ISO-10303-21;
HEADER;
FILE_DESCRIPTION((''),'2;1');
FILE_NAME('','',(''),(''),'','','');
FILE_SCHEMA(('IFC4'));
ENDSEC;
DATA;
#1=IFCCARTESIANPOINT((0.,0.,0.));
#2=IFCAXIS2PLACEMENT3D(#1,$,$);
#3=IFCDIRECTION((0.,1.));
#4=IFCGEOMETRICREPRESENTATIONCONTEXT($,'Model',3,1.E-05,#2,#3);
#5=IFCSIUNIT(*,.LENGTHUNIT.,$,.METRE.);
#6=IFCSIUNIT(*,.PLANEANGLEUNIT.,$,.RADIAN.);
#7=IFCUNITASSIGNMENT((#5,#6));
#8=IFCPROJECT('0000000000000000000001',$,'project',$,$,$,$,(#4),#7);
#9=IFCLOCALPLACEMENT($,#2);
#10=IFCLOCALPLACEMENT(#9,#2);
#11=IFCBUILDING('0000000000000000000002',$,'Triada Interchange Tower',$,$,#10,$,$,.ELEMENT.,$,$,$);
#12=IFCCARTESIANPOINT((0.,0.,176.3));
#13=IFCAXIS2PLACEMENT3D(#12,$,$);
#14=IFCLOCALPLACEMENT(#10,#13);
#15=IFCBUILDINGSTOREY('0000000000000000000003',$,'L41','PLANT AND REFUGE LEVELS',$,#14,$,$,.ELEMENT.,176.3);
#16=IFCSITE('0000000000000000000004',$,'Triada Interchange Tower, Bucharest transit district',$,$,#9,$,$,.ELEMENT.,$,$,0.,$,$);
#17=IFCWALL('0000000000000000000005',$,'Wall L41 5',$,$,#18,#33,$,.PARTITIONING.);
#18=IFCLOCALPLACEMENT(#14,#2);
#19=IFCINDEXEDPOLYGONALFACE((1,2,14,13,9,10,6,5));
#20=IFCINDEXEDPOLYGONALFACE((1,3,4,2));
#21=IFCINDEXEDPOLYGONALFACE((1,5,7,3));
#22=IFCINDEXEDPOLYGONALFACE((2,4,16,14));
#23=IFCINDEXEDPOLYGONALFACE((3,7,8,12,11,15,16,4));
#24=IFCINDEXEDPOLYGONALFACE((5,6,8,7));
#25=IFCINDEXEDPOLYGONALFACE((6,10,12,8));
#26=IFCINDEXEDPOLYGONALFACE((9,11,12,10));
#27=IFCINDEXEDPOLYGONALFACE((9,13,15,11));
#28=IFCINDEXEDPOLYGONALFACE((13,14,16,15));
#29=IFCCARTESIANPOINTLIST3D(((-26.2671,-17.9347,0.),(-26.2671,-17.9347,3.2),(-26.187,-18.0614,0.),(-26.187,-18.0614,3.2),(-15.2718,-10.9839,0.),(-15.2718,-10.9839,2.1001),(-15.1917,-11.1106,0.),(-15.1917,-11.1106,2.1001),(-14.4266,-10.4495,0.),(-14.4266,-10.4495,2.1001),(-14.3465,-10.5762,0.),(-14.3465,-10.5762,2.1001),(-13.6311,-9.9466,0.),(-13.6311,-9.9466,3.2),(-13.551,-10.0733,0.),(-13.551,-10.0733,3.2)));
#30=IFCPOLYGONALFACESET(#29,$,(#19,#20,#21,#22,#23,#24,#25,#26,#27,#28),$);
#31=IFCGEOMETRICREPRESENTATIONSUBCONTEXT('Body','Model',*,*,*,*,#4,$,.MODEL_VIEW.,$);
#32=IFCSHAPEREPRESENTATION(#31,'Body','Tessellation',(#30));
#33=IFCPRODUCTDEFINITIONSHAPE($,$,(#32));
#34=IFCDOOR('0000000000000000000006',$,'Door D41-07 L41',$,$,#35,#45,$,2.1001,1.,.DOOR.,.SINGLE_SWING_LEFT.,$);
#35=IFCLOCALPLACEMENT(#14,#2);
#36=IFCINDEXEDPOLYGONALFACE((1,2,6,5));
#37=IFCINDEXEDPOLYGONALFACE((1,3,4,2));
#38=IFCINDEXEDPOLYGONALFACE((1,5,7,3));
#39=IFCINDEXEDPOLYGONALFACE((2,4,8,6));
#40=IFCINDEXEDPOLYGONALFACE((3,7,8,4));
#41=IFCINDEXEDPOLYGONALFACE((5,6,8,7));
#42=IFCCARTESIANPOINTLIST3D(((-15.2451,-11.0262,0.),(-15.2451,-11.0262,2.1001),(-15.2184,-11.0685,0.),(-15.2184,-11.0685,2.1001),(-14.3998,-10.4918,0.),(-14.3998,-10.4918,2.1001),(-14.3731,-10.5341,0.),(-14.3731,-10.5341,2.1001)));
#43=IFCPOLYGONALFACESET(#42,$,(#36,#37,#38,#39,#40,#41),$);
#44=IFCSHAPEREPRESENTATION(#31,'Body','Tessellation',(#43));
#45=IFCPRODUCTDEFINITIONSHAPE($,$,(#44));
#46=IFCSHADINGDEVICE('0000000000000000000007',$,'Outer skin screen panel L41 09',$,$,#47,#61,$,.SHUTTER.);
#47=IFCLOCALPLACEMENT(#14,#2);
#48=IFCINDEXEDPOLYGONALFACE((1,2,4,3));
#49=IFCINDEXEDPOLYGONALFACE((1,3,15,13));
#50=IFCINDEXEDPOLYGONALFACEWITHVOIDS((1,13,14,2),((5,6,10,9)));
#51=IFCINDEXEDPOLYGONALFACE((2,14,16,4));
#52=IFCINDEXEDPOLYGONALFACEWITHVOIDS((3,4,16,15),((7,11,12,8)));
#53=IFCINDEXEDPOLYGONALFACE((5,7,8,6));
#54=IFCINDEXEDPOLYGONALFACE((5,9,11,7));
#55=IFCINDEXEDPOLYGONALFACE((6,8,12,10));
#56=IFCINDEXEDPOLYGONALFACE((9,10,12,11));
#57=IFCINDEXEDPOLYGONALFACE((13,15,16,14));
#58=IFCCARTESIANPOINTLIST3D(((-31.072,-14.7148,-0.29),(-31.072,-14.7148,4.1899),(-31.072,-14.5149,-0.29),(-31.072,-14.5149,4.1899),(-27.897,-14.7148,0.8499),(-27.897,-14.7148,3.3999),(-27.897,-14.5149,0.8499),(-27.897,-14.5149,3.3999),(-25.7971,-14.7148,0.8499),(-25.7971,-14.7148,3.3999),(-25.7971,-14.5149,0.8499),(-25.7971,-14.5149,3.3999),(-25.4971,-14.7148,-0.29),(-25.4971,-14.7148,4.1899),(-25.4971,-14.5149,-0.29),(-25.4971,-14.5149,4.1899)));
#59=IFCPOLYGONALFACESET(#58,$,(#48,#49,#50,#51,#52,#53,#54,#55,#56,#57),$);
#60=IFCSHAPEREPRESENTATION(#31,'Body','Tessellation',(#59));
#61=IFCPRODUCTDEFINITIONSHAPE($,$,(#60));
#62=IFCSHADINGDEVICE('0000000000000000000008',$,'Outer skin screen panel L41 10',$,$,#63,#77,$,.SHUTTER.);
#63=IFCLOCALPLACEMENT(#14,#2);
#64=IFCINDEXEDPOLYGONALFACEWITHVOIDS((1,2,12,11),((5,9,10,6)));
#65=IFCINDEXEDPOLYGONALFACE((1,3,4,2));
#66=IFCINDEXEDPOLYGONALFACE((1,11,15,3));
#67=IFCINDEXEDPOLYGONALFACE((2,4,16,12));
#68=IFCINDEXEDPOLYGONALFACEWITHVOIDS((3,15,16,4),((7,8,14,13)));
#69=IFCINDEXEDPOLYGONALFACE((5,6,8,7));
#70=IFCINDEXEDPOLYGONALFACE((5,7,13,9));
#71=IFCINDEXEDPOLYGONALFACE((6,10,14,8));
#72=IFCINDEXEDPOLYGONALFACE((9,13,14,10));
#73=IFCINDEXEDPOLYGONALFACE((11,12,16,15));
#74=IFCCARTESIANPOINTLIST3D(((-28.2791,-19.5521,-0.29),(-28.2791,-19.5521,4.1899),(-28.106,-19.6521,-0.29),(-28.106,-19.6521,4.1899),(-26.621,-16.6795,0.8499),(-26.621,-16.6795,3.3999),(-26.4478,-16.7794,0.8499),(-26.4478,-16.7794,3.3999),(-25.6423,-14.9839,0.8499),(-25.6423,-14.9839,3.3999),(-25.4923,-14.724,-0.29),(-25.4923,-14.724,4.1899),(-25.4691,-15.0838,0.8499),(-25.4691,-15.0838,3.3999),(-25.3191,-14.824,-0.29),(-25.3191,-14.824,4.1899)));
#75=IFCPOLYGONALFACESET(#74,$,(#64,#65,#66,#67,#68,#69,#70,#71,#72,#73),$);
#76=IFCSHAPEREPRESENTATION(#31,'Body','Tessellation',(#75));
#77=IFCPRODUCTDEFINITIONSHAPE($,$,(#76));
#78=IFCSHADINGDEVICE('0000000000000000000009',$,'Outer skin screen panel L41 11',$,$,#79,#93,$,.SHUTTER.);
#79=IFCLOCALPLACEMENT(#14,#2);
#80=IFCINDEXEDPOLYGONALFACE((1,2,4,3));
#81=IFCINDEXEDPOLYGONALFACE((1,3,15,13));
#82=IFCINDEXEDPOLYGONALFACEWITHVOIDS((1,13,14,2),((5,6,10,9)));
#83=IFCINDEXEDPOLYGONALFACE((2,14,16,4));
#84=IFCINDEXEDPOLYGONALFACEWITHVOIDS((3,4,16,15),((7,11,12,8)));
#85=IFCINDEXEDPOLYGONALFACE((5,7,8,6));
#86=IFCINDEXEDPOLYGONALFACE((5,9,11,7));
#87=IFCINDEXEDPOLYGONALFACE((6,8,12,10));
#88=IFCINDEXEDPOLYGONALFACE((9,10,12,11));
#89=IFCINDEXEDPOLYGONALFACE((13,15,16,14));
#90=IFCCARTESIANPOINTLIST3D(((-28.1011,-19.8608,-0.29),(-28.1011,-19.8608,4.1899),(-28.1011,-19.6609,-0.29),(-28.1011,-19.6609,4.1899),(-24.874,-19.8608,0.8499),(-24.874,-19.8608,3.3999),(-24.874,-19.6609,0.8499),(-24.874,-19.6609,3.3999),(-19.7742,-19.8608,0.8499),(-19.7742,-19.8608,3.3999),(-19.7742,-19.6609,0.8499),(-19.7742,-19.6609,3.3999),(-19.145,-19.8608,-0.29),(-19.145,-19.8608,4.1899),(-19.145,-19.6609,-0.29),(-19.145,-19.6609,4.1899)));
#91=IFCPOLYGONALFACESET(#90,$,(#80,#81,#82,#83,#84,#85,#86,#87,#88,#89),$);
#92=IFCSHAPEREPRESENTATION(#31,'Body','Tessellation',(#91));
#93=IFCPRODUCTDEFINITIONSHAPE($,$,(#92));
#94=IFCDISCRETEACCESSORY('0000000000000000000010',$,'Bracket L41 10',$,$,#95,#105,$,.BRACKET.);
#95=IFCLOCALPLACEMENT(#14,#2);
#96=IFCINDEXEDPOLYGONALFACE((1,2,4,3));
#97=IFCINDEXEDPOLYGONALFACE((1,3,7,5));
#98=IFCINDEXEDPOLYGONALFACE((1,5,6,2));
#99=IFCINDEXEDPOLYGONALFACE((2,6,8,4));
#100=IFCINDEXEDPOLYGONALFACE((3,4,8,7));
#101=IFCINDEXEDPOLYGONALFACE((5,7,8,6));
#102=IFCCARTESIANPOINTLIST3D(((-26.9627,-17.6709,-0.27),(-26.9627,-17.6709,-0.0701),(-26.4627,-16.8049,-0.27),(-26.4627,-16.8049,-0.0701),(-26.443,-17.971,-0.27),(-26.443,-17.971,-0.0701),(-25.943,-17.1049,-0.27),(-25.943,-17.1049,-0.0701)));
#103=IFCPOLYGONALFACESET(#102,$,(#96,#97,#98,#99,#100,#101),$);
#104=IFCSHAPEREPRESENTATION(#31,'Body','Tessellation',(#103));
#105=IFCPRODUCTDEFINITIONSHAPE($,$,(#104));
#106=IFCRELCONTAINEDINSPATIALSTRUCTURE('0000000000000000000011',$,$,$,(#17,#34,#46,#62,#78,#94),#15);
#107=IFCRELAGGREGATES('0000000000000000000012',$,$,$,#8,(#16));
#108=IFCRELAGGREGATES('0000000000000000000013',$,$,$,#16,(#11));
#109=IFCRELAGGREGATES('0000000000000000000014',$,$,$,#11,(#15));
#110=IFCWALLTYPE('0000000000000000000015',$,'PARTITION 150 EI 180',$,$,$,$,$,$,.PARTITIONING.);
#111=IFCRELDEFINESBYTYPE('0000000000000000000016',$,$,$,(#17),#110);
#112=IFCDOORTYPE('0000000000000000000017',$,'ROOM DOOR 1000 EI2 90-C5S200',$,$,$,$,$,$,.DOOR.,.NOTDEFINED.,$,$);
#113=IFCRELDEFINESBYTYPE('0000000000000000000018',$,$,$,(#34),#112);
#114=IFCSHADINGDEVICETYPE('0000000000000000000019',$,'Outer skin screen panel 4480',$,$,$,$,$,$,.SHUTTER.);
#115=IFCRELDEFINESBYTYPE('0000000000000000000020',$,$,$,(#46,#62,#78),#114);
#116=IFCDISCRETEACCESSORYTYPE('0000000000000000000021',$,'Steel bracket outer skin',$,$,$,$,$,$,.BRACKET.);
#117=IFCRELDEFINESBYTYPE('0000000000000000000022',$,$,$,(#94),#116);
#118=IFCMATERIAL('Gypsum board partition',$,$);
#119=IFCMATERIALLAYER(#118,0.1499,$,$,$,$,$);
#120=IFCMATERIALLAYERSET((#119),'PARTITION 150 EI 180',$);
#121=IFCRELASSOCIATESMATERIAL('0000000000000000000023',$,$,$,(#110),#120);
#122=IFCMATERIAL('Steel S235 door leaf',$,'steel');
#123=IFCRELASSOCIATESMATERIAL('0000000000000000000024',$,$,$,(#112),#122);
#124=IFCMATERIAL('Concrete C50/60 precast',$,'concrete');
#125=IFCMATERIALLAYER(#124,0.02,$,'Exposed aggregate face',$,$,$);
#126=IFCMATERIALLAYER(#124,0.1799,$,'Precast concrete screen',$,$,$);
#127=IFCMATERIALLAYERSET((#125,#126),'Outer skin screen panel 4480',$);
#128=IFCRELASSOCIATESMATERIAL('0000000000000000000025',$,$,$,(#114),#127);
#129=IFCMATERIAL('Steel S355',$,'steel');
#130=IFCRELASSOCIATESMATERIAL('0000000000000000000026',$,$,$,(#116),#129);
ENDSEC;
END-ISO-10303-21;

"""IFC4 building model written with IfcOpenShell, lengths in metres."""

from ifc_helpers import new_model, si_unit, direction, frame, frame_2d, origin, origin_2d, place, context, subcontext, project, spatial, polyline, rectangle, outline, extrude, material, layer, layer_set, type_object, element, fill, save


model = new_model("IFC4")

# Units and contexts
model_context = context("Model", 3, precision=1e-05, world=origin(), true_north=direction((0.0, 1.0)))
body_context = subcontext(model_context, "Body", "Model", "MODEL_VIEW")
ifc_project = project(units=[si_unit("LENGTHUNIT", "METRE"), si_unit("PLANEANGLEUNIT", "RADIAN")], contexts=[model_context])

# Site, building, storey
site_placement = place(None, origin())
site = spatial("IfcSite", under=ifc_project, at=site_placement, Name="Triada Interchange Tower, Bucharest transit district", CompositionType="ELEMENT", RefElevation=0.0)
building_placement = place(site_placement, origin())
building = spatial("IfcBuilding", under=site, at=building_placement, Name="Triada Interchange Tower", CompositionType="ELEMENT")
storey_placement = place(building_placement, frame((0.0, 0.0, 176.3)))
storey = spatial("IfcBuildingStorey", under=building, at=storey_placement, Name="L41", Description="PLANT AND REFUGE LEVELS", CompositionType="ELEMENT", Elevation=176.3)

# Shared definitions
ifc_material_1 = material(Name="Steel S355", Category="steel")

# Wall, opening, door
ifc_material_2 = material(Name="Gypsum board partition")
ifc_layer_1 = layer(ifc_material_2, 0.1499)
ifc_layer_set_1 = layer_set([ifc_layer_1], Name="PARTITION 150 EI 180")
wall_type_1 = type_object("IfcWallType", Name="PARTITION 150 EI 180", PredefinedType="PARTITIONING", material=ifc_layer_set_1)
wall_1_placement = place(storey_placement, frame((-26.2271, -17.998, 0.0), z_axis=(0.0, 0.0, 1.0), x_axis=(0.845265, 0.534347, 0.0)))
wall_1 = element("IfcWall", 1, at=wall_1_placement, inside=storey, type_object=wall_type_1, Name="Wall L41 5", PredefinedType="PARTITIONING", context=body_context, shape_type="SweptSolid", body=[
    extrude(rectangle(XDim=14.9492, YDim=0.1499, at=frame_2d((7.4746, 0.0))), origin(), (0.0, 0.0, 1.0), 3.2),
])
opening_1_placement = place(wall_1_placement, frame((13.0081, 0.0, 0.0)))
opening_1 = element("IfcOpeningElement", 2, at=opening_1_placement, cuts=wall_1, PredefinedType="OPENING", context=body_context, shape_type="SweptSolid", body=[
    extrude(rectangle(XDim=1.0, YDim=2.1001, at=frame_2d((0.5, 1.05))), frame((0.0, 0.085, 0.0), z_axis=(0.0, -1.0, 0.0), x_axis=(1.0, 0.0, 0.0)), (0.0, 0.0, 1.0), 0.1699),
])
ifc_material_3 = material(Name="Steel S235 door leaf", Category="steel")
door_type = type_object("IfcDoorType", Name="ROOM DOOR 1000 EI2 90-C5S200", OperationType="NOTDEFINED", PredefinedType="DOOR", material=ifc_material_3)
door_placement = place(opening_1_placement, origin())
door = element("IfcDoor", 3, at=door_placement, inside=storey, type_object=door_type, Name="Door D41-07 L41", OperationType="SINGLE_SWING_LEFT", OverallHeight=2.1001, OverallWidth=1.0, PredefinedType="DOOR", context=body_context, shape_type="SweptSolid", body=[
    extrude(rectangle(XDim=1.0, YDim=2.1001, at=frame_2d((0.5, 1.05))), frame((0.0, 0.0249, 0.0), z_axis=(0.0, -1.0, 0.0), x_axis=(1.0, 0.0, 0.0)), (0.0, 0.0, 1.0), 0.05),
])
fill(opening_1, door)

# Shading devices
ifc_material_4 = material(Name="Concrete C50/60 precast", Category="concrete")
ifc_layer_2 = layer(ifc_material_4, 0.02, Name="Exposed aggregate face")
ifc_layer_3 = layer(ifc_material_4, 0.1799, Name="Precast concrete screen")
ifc_layer_set_2 = layer_set([ifc_layer_2, ifc_layer_3], Name="Outer skin screen panel 4480")
shading_device_type = type_object("IfcShadingDeviceType", Name="Outer skin screen panel 4480", PredefinedType="SHUTTER", material=ifc_layer_set_2)
shading_device_1_placement = place(storey_placement, frame((-31.072, -14.5149, -0.29), z_axis=(0.0, 0.0, 1.0), x_axis=(1.0, 0.0, 0.0)))
element("IfcShadingDevice", 4, at=shading_device_1_placement, inside=storey, type_object=shading_device_type, Name="Outer skin screen panel L41 09", PredefinedType="SHUTTER", context=body_context, shape_type="SweptSolid", body=[
    extrude(outline(polyline([(0.0, 0.0), (5.575, 0.0), (5.575, 4.48), (0.0, 4.48), (0.0, 0.0)]), holes=[polyline([(3.175, 1.1399), (3.175, 3.6899), (5.2749, 3.6899), (5.2749, 1.1399), (3.175, 1.1399)])]), frame((0.0, 0.0, 0.0), z_axis=(0.0, -1.0, 0.0), x_axis=(1.0, 0.0, 0.0)), (0.0, 0.0, 1.0), 0.2),
])
shading_device_2_placement = place(storey_placement, frame((-25.3191, -14.824, -0.29), z_axis=(0.0, 0.0, 1.0), x_axis=(-0.499912, -0.866076, 0.0)))
element("IfcShadingDevice", 5, at=shading_device_2_placement, inside=storey, type_object=shading_device_type, Name="Outer skin screen panel L41 10", PredefinedType="SHUTTER", context=body_context, shape_type="SweptSolid", body=[
    extrude(outline(polyline([(0.0, 0.0), (5.5747, 0.0), (5.5747, 4.48), (0.0, 4.48), (0.0, 0.0)]), holes=[polyline([(0.3, 1.1399), (0.3, 3.6899), (2.2578, 3.6899), (2.2578, 1.1399), (0.3, 1.1399)])]), frame((0.0, 0.0, 0.0), z_axis=(0.0, -1.0, 0.0), x_axis=(1.0, 0.0, 0.0)), (0.0, 0.0, 1.0), 0.2),
])
shading_device_3_placement = place(storey_placement, frame((-28.1011, -19.6609, -0.29), z_axis=(0.0, 0.0, 1.0), x_axis=(1.0, 0.0, 0.0)))
element("IfcShadingDevice", 6, at=shading_device_3_placement, inside=storey, type_object=shading_device_type, Name="Outer skin screen panel L41 11", PredefinedType="SHUTTER", context=body_context, shape_type="SweptSolid", body=[
    extrude(outline(polyline([(0.0, 0.0), (8.9561, 0.0), (8.9561, 4.48), (0.0, 4.48), (0.0, 0.0)]), holes=[polyline([(3.2271, 1.1399), (3.2271, 3.6899), (8.3269, 3.6899), (8.3269, 1.1399), (3.2271, 1.1399)])]), frame((0.0, 0.0, 0.0), z_axis=(0.0, -1.0, 0.0), x_axis=(1.0, 0.0, 0.0)), (0.0, 0.0, 1.0), 0.2),
])

# Discrete accessory
discrete_accessory_type = type_object("IfcDiscreteAccessoryType", Name="Steel bracket outer skin", PredefinedType="BRACKET", material=ifc_material_1)
discrete_accessory_placement = place(storey_placement, frame((-26.4529, -17.3879, -0.27), z_axis=(0.0, 0.0, 1.0), x_axis=(-0.866029, 0.499994, 0.0)))
element("IfcDiscreteAccessory", 7, at=discrete_accessory_placement, inside=storey, type_object=discrete_accessory_type, Name="Bracket L41 10", PredefinedType="BRACKET", context=body_context, shape_type="SweptSolid", body=[
    extrude(rectangle(XDim=0.6001, YDim=1.0, at=origin_2d()), origin(), (0.0, 0.0, 1.0), 0.2),
])

save(model, "model.ifc")
